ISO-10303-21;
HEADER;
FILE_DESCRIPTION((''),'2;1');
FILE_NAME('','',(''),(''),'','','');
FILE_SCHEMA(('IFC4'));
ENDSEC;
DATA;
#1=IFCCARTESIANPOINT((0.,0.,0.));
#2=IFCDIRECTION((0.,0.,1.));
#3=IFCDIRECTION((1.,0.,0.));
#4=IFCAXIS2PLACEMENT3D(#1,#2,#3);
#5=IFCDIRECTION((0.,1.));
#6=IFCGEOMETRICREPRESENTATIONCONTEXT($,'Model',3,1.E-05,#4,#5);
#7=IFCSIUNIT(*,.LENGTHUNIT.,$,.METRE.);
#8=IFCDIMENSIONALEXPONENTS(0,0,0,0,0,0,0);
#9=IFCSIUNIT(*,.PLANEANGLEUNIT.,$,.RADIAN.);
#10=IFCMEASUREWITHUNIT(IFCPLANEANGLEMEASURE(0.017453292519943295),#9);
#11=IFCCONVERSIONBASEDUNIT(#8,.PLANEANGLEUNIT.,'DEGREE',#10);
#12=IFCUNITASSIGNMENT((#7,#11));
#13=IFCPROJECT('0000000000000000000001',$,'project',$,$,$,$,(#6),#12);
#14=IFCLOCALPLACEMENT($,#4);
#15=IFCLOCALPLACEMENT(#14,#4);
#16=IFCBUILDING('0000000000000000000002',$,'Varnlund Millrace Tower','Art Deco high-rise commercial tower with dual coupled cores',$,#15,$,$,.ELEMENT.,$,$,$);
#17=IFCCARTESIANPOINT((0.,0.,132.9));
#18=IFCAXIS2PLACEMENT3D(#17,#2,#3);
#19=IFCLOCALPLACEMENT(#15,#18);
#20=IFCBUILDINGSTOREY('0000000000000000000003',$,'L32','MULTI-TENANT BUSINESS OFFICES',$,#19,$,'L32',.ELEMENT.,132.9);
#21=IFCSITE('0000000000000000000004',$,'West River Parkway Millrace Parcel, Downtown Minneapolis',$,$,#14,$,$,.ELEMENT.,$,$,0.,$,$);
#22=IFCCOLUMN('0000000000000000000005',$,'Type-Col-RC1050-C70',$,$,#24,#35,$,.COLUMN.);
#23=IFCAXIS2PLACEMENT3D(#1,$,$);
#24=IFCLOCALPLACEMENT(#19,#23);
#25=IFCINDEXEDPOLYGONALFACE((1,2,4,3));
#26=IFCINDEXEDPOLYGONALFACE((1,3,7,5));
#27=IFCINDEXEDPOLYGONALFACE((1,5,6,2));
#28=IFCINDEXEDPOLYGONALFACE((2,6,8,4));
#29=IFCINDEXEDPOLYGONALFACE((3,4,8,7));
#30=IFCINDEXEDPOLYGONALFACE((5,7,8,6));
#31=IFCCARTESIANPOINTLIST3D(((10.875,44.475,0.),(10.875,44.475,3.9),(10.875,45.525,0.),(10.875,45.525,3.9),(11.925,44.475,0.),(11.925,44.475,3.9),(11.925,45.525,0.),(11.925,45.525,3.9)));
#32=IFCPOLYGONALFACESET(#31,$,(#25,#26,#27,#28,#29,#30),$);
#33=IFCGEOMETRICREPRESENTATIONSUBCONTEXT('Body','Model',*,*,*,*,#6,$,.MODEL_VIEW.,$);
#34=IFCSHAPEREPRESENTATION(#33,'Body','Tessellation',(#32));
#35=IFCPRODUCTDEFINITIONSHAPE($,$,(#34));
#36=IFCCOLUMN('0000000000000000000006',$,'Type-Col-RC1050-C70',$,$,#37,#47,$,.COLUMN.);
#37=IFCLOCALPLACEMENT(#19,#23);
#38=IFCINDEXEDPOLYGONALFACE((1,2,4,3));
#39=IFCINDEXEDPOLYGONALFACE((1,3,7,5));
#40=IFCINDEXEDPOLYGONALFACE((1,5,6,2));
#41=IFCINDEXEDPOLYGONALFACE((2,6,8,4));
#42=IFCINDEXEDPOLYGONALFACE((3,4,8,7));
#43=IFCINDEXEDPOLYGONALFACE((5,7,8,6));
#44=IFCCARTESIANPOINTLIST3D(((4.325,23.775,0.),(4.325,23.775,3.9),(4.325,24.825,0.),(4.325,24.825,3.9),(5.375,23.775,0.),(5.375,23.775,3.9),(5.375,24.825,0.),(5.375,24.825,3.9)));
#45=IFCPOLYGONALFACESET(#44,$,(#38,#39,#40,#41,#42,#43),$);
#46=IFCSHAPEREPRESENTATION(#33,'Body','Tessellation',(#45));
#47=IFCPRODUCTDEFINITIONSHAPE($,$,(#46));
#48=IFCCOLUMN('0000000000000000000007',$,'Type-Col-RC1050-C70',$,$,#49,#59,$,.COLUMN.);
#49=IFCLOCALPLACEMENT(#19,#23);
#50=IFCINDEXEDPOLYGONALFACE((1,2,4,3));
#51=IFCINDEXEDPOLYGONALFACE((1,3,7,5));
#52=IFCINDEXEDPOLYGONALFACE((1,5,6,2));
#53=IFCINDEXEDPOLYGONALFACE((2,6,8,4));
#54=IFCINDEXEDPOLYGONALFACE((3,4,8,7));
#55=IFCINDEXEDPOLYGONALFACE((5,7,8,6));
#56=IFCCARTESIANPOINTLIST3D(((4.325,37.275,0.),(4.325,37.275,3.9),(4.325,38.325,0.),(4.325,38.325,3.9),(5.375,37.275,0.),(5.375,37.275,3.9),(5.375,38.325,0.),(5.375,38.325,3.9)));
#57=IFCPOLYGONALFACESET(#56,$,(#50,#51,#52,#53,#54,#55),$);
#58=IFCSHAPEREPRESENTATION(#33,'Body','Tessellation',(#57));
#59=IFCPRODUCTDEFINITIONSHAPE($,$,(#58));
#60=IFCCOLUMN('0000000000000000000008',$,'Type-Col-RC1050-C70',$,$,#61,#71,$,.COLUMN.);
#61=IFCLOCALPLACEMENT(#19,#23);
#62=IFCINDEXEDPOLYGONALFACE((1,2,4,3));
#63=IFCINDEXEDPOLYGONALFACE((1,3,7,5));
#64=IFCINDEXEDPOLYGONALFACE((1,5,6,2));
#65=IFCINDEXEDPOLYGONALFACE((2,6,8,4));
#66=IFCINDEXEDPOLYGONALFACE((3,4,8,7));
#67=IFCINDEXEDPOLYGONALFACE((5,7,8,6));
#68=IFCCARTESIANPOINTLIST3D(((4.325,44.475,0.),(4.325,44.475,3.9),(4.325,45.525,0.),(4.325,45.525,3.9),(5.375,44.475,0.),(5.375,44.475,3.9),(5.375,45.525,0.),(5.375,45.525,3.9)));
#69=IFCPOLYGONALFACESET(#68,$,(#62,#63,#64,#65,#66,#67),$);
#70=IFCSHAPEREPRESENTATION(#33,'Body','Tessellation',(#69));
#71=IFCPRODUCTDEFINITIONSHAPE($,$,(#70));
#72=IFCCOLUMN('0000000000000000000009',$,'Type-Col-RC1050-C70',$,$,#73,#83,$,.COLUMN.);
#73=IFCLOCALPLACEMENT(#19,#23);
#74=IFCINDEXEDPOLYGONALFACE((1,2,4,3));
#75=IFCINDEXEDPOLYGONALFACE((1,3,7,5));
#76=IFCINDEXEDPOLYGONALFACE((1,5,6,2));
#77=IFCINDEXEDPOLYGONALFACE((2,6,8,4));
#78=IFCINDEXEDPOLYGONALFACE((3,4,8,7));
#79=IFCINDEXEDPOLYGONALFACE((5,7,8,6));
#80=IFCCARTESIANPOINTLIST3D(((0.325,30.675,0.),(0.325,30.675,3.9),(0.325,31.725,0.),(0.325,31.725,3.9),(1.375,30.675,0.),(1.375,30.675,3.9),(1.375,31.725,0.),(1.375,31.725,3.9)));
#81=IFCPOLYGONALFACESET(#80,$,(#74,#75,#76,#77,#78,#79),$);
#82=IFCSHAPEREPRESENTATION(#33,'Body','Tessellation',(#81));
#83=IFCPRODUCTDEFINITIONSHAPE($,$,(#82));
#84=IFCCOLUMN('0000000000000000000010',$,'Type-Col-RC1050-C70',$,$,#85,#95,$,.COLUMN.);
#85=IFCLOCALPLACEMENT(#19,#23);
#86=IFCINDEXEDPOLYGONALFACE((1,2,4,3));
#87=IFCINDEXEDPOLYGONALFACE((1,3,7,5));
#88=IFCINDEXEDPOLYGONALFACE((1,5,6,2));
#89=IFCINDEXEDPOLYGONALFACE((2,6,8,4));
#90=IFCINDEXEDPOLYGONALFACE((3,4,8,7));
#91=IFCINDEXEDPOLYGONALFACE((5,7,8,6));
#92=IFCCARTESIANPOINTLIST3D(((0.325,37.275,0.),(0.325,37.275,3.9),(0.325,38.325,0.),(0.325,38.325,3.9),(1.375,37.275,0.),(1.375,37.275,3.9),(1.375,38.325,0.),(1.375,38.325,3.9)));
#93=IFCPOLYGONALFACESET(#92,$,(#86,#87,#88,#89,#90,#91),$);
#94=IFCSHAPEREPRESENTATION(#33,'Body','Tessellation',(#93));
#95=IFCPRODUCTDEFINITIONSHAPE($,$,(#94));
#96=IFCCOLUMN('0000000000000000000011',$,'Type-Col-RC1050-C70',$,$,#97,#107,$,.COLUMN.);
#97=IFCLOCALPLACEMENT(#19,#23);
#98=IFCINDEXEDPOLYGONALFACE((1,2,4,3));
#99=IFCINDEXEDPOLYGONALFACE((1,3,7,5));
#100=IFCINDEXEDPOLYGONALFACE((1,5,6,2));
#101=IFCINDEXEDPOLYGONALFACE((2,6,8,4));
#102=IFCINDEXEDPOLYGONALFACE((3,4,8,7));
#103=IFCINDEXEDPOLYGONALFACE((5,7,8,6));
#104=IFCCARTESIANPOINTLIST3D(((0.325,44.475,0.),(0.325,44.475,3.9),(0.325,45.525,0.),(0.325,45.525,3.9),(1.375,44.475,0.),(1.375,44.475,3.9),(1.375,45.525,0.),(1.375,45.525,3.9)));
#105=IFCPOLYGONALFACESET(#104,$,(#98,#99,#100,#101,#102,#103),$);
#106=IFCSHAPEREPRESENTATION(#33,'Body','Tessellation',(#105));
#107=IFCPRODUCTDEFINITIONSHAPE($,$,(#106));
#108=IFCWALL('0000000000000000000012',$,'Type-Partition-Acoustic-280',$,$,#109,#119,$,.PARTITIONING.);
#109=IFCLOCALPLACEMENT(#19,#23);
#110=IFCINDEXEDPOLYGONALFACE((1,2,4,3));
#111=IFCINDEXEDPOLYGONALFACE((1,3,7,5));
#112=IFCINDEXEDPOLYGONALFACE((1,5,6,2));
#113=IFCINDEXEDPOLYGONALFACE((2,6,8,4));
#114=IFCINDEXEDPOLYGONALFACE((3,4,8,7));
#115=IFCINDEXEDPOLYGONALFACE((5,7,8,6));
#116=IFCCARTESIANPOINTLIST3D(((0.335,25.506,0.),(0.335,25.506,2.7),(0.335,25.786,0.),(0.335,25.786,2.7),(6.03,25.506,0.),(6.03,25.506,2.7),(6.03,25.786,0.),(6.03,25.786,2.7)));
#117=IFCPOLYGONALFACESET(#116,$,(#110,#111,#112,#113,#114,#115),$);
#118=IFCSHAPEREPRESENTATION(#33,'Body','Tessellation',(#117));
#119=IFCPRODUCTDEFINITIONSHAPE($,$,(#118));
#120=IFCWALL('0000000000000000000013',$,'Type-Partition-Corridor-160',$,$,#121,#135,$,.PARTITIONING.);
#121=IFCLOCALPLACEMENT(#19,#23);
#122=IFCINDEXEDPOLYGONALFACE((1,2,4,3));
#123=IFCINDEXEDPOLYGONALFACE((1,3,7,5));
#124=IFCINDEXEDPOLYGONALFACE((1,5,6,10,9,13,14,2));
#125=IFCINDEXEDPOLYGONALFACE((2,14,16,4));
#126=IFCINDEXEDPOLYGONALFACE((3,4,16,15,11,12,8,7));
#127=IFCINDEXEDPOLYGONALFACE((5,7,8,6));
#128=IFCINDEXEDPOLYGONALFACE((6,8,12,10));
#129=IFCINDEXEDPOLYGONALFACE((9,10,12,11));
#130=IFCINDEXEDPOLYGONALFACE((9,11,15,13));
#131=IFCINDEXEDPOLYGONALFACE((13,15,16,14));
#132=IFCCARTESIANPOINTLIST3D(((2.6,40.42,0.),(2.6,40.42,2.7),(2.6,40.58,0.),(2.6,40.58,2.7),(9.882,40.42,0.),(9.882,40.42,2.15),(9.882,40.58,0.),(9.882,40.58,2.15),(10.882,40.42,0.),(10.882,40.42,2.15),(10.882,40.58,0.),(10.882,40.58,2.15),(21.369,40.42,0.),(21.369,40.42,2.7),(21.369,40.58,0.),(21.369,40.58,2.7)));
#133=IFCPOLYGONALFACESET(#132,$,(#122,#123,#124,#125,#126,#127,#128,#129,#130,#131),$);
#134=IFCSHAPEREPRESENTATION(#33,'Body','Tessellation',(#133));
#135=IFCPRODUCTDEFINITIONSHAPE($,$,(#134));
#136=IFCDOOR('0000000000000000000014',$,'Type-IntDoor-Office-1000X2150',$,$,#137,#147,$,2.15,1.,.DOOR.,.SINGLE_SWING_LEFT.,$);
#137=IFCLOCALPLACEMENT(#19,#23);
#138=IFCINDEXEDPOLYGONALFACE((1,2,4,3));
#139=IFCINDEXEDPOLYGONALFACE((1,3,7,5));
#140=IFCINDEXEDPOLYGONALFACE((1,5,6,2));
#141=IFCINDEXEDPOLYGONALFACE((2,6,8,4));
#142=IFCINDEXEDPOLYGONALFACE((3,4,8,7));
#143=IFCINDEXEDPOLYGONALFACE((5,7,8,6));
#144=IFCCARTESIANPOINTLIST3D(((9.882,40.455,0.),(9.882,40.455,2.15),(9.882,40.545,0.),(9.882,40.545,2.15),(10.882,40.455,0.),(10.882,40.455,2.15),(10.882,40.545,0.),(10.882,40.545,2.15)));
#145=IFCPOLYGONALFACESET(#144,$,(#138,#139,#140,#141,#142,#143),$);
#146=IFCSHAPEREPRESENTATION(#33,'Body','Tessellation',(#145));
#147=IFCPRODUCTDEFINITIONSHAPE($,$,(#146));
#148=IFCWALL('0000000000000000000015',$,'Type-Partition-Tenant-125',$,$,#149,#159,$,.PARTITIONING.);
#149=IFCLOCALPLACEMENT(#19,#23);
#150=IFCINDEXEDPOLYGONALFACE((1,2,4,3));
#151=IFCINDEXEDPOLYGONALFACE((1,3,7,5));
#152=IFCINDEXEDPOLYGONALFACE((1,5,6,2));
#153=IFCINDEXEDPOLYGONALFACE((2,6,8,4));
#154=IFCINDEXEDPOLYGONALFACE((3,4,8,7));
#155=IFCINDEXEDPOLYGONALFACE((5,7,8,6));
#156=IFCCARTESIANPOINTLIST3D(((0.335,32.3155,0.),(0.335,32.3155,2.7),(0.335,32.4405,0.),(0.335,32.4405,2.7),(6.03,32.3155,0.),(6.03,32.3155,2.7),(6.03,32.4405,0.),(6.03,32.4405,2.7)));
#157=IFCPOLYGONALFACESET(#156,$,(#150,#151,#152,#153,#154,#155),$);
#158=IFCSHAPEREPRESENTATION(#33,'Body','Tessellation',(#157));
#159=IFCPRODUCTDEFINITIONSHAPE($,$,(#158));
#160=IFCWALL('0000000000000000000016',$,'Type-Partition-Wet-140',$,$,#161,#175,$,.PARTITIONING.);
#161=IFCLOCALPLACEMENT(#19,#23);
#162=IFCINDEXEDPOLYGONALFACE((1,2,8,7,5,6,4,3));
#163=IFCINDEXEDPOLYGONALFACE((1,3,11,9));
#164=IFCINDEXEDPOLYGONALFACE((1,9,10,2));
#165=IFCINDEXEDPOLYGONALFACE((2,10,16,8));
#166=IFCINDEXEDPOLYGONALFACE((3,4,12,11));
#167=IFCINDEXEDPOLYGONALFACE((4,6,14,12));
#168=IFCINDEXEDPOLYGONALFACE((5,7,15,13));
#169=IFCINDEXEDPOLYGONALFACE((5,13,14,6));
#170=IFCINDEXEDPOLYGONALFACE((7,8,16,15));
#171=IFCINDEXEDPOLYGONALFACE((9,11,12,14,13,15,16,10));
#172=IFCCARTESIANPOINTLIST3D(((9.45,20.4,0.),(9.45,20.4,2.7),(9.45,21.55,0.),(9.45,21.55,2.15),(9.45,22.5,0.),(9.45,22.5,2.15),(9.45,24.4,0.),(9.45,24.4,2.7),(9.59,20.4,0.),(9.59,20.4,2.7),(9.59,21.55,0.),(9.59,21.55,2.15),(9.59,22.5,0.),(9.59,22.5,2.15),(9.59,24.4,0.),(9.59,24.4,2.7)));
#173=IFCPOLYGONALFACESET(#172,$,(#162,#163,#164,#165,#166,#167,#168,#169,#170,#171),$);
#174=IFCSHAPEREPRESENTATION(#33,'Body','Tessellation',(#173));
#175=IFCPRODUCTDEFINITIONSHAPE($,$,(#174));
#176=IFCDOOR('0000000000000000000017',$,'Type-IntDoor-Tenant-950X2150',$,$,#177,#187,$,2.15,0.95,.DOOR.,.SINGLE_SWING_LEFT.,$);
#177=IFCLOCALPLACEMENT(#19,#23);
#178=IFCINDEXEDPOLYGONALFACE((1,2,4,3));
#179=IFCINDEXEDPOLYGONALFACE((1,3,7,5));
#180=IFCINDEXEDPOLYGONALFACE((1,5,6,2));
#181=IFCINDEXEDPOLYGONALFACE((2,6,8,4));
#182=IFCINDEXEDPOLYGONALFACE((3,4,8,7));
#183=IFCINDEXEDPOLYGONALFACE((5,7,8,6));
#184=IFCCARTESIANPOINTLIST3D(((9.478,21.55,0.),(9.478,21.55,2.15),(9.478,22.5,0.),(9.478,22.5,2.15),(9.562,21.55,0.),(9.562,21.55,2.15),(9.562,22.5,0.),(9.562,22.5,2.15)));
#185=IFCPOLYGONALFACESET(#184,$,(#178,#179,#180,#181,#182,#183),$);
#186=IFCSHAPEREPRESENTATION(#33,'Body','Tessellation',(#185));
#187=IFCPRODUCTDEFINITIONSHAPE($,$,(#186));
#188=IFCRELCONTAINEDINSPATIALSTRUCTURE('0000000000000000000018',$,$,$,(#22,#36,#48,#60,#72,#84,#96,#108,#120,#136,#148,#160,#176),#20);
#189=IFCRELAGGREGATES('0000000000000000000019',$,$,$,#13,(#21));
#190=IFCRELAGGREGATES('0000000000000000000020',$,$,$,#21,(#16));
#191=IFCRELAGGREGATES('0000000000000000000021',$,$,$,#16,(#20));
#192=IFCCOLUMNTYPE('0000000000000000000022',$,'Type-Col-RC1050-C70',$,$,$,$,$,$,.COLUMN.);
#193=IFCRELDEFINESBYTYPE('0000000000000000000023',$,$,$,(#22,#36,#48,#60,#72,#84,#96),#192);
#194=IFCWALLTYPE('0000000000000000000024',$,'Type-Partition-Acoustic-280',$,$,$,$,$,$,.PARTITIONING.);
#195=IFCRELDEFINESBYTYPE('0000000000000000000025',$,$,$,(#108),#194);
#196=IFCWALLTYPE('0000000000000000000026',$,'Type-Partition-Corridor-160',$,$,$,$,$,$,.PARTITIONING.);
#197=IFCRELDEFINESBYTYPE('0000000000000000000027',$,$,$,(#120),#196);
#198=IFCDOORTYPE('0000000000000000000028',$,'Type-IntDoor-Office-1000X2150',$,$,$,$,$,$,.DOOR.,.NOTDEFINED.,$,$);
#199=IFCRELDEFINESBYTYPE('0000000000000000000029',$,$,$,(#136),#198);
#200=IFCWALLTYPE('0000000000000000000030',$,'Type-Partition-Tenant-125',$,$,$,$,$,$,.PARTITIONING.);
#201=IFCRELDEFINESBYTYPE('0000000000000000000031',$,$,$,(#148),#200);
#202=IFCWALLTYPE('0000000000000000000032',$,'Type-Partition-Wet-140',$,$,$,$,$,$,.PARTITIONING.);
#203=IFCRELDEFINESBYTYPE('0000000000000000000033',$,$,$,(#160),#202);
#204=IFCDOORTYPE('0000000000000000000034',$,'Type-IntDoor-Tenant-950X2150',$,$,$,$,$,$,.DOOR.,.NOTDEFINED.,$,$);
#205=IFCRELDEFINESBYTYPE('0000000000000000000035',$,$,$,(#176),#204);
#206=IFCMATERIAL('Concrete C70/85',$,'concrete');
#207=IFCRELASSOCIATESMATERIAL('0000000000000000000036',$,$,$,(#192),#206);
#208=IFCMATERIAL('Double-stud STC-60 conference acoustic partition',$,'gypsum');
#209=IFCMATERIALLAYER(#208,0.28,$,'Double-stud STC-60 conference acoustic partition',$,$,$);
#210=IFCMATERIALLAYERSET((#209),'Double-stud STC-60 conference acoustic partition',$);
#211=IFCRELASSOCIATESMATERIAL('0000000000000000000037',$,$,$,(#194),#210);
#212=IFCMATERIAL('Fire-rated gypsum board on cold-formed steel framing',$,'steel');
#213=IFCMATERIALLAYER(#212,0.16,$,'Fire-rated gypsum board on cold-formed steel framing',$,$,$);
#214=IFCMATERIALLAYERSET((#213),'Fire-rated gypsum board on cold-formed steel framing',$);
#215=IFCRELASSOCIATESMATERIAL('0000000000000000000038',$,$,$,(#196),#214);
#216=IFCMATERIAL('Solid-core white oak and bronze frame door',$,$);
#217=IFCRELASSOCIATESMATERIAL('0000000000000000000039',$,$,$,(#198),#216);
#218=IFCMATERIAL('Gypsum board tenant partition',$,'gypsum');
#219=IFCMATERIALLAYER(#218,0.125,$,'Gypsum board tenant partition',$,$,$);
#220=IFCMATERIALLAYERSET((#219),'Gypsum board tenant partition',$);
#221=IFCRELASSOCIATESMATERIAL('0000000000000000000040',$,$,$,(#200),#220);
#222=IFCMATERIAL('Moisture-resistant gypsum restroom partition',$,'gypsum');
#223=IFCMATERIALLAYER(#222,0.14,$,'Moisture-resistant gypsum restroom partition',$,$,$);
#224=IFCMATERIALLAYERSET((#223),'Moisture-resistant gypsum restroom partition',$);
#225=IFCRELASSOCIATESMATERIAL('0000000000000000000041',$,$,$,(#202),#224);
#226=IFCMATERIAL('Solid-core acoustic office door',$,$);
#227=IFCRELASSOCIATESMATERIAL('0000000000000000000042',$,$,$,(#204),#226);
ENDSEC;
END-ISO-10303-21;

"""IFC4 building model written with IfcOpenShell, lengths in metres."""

from ifc_helpers import new_model, entity, si_unit, converted_unit, direction, frame, origin_with_axes, origin_2d_with_axis, place, context, subcontext, project, spatial, polyline, rectangle, outline, extrude, material, layer, layer_set, material_profile, profile_set, type_object, element, fill, save


model = new_model("IFC4")

# Units and contexts
model_context = context("Model", 3, precision=1e-05, world=origin_with_axes(), true_north=direction((0.0, 1.0)))
body_context = subcontext(model_context, "Body", "Model", "MODEL_VIEW")
ifc_project = project(units=[si_unit("LENGTHUNIT", "METRE"), converted_unit("PLANEANGLEUNIT", "DEGREE", entity("IfcPlaneAngleMeasure", 0.017453292519943295), si_unit("PLANEANGLEUNIT", "RADIAN"), dimensions=[0, 0, 0, 0, 0, 0, 0])], contexts=[model_context])

# Site, building, storey
site_placement = place(None, origin_with_axes())
site = spatial("IfcSite", under=ifc_project, at=site_placement, Name="West River Parkway Millrace Parcel, Downtown Minneapolis", CompositionType="ELEMENT", RefElevation=0.0)
building_placement = place(site_placement, origin_with_axes())
building = spatial("IfcBuilding", under=site, at=building_placement, Name="Varnlund Millrace Tower", Description="Art Deco high-rise commercial tower with dual coupled cores", CompositionType="ELEMENT")
storey_placement = place(building_placement, frame((0.0, 0.0, 132.9), z_axis=(0.0, 0.0, 1.0), x_axis=(1.0, 0.0, 0.0)))
storey = spatial("IfcBuildingStorey", under=building, at=storey_placement, Name="L32", Description="MULTI-TENANT BUSINESS OFFICES", LongName="L32", CompositionType="ELEMENT", Elevation=132.9)

# Columns
ifc_material_1 = material(Name="Concrete C70/85", Category="concrete")
ifc_material_profile = material_profile(ifc_material_1, rectangle(XDim=1.05, YDim=1.05, at=origin_2d_with_axis()), Name="Concrete C70/85")
ifc_profile_set = profile_set([ifc_material_profile], Name="Concrete C70/85")
column_type = type_object("IfcColumnType", Name="Type-Col-RC1050-C70", PredefinedType="COLUMN", material=ifc_profile_set)
for number, where, z_axis, x_axis, name in (
    (1, (11.4, 45.0, 0.0), (0.0, 0.0, 1.0), (1.0, 0.0, 0.0), "Type-Col-RC1050-C70"),
    (2, (4.85, 24.3, 0.0), (0.0, 0.0, 1.0), (1.0, 0.0, 0.0), "Type-Col-RC1050-C70"),
    (3, (4.85, 37.8, 0.0), (0.0, 0.0, 1.0), (1.0, 0.0, 0.0), "Type-Col-RC1050-C70"),
    (4, (4.85, 45.0, 0.0), (0.0, 0.0, 1.0), (1.0, 0.0, 0.0), "Type-Col-RC1050-C70"),
    (5, (0.85, 31.2, 0.0), (0.0, 0.0, 1.0), (1.0, 0.0, 0.0), "Type-Col-RC1050-C70"),
    (6, (0.85, 37.8, 0.0), (0.0, 0.0, 1.0), (1.0, 0.0, 0.0), "Type-Col-RC1050-C70"),
    (7, (0.85, 45.0, 0.0), (0.0, 0.0, 1.0), (1.0, 0.0, 0.0), "Type-Col-RC1050-C70"),
):
    element("IfcColumn", number, at=place(storey_placement, frame(where, z_axis=z_axis, x_axis=x_axis)), inside=storey, type_object=column_type, Name=name, PredefinedType="COLUMN", context=body_context, shape_type="SweptSolid", body=[
        extrude(rectangle(XDim=1.05, YDim=1.05, at=origin_2d_with_axis()), origin_with_axes(), (0.0, 0.0, 1.0), 3.9),
    ])

# Wall
ifc_material_2 = material(Name="Double-stud STC-60 conference acoustic partition", Category="gypsum")
ifc_layer_1 = layer(ifc_material_2, 0.28, Name="Double-stud STC-60 conference acoustic partition")
ifc_layer_set_1 = layer_set([ifc_layer_1], Name="Double-stud STC-60 conference acoustic partition")
wall_type_1 = type_object("IfcWallType", Name="Type-Partition-Acoustic-280", PredefinedType="PARTITIONING", material=ifc_layer_set_1)
wall_1_placement = place(storey_placement, frame((0.335, 25.646, 0.0), z_axis=(0.0, 0.0, 1.0), x_axis=(1.0, 0.0, 0.0)))
element("IfcWall", 8, at=wall_1_placement, inside=storey, type_object=wall_type_1, Name="Type-Partition-Acoustic-280", PredefinedType="PARTITIONING", context=body_context, shape_type="SweptSolid", body=[
    extrude(outline(polyline([(0.0, -0.14), (5.695, -0.14), (5.695, 0.14), (0.0, 0.14), (0.0, -0.14)])), origin_with_axes(), (0.0, 0.0, 1.0), 2.7),
])

# Wall, opening, door
ifc_material_3 = material(Name="Fire-rated gypsum board on cold-formed steel framing", Category="steel")
ifc_layer_2 = layer(ifc_material_3, 0.16, Name="Fire-rated gypsum board on cold-formed steel framing")
ifc_layer_set_2 = layer_set([ifc_layer_2], Name="Fire-rated gypsum board on cold-formed steel framing")
wall_type_2 = type_object("IfcWallType", Name="Type-Partition-Corridor-160", PredefinedType="PARTITIONING", material=ifc_layer_set_2)
wall_2_placement = place(storey_placement, frame((2.6, 40.5, 0.0), z_axis=(0.0, 0.0, 1.0), x_axis=(1.0, 0.0, 0.0)))
wall_2 = element("IfcWall", 9, at=wall_2_placement, inside=storey, type_object=wall_type_2, Name="Type-Partition-Corridor-160", PredefinedType="PARTITIONING", context=body_context, shape_type="SweptSolid", body=[
    extrude(outline(polyline([(0.0, -0.08), (18.769, -0.08), (18.769, 0.08), (0.0, 0.08), (0.0, -0.08)])), origin_with_axes(), (0.0, 0.0, 1.0), 2.7),
])
opening_1_placement = place(wall_2_placement, frame((7.782, 0.0, 0.0), z_axis=(0.0, 0.0, 1.0), x_axis=(1.0, 0.0, 0.0)))
opening_1 = element("IfcOpeningElement", 10, at=opening_1_placement, cuts=wall_2, PredefinedType="OPENING", context=body_context, shape_type="SweptSolid", body=[
    extrude(rectangle(XDim=1.0, YDim=0.18, at=origin_2d_with_axis()), origin_with_axes(), (0.0, 0.0, 1.0), 2.15),
])
ifc_material_4 = material(Name="Solid-core white oak and bronze frame door")
door_type_1 = type_object("IfcDoorType", Name="Type-IntDoor-Office-1000X2150", OperationType="NOTDEFINED", PredefinedType="DOOR", material=ifc_material_4)
door_1_placement = place(wall_2_placement, frame((7.782, 0.0, 0.0), z_axis=(0.0, 0.0, 1.0), x_axis=(1.0, 0.0, 0.0)))
door_1 = element("IfcDoor", 11, at=door_1_placement, inside=storey, type_object=door_type_1, Name="Type-IntDoor-Office-1000X2150", OperationType="SINGLE_SWING_LEFT", OverallHeight=2.15, OverallWidth=1.0, PredefinedType="DOOR", context=body_context, shape_type="SweptSolid", body=[
    extrude(rectangle(XDim=1.0, YDim=0.09, at=origin_2d_with_axis()), origin_with_axes(), (0.0, 0.0, 1.0), 2.15),
])
fill(opening_1, door_1)

# Wall
ifc_material_5 = material(Name="Gypsum board tenant partition", Category="gypsum")
ifc_layer_3 = layer(ifc_material_5, 0.125, Name="Gypsum board tenant partition")
ifc_layer_set_3 = layer_set([ifc_layer_3], Name="Gypsum board tenant partition")
wall_type_3 = type_object("IfcWallType", Name="Type-Partition-Tenant-125", PredefinedType="PARTITIONING", material=ifc_layer_set_3)
wall_3_placement = place(storey_placement, frame((0.335, 32.378, 0.0), z_axis=(0.0, 0.0, 1.0), x_axis=(1.0, 0.0, 0.0)))
element("IfcWall", 12, at=wall_3_placement, inside=storey, type_object=wall_type_3, Name="Type-Partition-Tenant-125", PredefinedType="PARTITIONING", context=body_context, shape_type="SweptSolid", body=[
    extrude(outline(polyline([(0.0, -0.0625), (5.695, -0.0625), (5.695, 0.0625), (0.0, 0.0625), (0.0, -0.0625)])), origin_with_axes(), (0.0, 0.0, 1.0), 2.7),
])

# Wall, opening, door
ifc_material_6 = material(Name="Moisture-resistant gypsum restroom partition", Category="gypsum")
ifc_layer_4 = layer(ifc_material_6, 0.14, Name="Moisture-resistant gypsum restroom partition")
ifc_layer_set_4 = layer_set([ifc_layer_4], Name="Moisture-resistant gypsum restroom partition")
wall_type_4 = type_object("IfcWallType", Name="Type-Partition-Wet-140", PredefinedType="PARTITIONING", material=ifc_layer_set_4)
wall_4_placement = place(storey_placement, frame((9.52, 20.4, 0.0), z_axis=(0.0, 0.0, 1.0), x_axis=(0.0, 1.0, 0.0)))
wall_4 = element("IfcWall", 13, at=wall_4_placement, inside=storey, type_object=wall_type_4, Name="Type-Partition-Wet-140", PredefinedType="PARTITIONING", context=body_context, shape_type="SweptSolid", body=[
    extrude(outline(polyline([(0.0, -0.07), (4.0, -0.07), (4.0, 0.07), (0.0, 0.07), (0.0, -0.07)])), origin_with_axes(), (0.0, 0.0, 1.0), 2.7),
])
opening_2_placement = place(wall_4_placement, frame((1.625, 0.0, 0.0), z_axis=(0.0, 0.0, 1.0), x_axis=(1.0, 0.0, 0.0)))
opening_2 = element("IfcOpeningElement", 14, at=opening_2_placement, cuts=wall_4, PredefinedType="OPENING", context=body_context, shape_type="SweptSolid", body=[
    extrude(rectangle(XDim=0.95, YDim=0.16, at=origin_2d_with_axis()), origin_with_axes(), (0.0, 0.0, 1.0), 2.15),
])
ifc_material_7 = material(Name="Solid-core acoustic office door")
door_type_2 = type_object("IfcDoorType", Name="Type-IntDoor-Tenant-950X2150", OperationType="NOTDEFINED", PredefinedType="DOOR", material=ifc_material_7)
door_2_placement = place(wall_4_placement, frame((1.625, 0.0, 0.0), z_axis=(0.0, 0.0, 1.0), x_axis=(1.0, 0.0, 0.0)))
door_2 = element("IfcDoor", 15, at=door_2_placement, inside=storey, type_object=door_type_2, Name="Type-IntDoor-Tenant-950X2150", OperationType="SINGLE_SWING_LEFT", OverallHeight=2.15, OverallWidth=0.95, PredefinedType="DOOR", context=body_context, shape_type="SweptSolid", body=[
    extrude(rectangle(XDim=0.95, YDim=0.084, at=origin_2d_with_axis()), origin_with_axes(), (0.0, 0.0, 1.0), 2.15),
])
fill(opening_2, door_2)

save(model, "model.ifc")
